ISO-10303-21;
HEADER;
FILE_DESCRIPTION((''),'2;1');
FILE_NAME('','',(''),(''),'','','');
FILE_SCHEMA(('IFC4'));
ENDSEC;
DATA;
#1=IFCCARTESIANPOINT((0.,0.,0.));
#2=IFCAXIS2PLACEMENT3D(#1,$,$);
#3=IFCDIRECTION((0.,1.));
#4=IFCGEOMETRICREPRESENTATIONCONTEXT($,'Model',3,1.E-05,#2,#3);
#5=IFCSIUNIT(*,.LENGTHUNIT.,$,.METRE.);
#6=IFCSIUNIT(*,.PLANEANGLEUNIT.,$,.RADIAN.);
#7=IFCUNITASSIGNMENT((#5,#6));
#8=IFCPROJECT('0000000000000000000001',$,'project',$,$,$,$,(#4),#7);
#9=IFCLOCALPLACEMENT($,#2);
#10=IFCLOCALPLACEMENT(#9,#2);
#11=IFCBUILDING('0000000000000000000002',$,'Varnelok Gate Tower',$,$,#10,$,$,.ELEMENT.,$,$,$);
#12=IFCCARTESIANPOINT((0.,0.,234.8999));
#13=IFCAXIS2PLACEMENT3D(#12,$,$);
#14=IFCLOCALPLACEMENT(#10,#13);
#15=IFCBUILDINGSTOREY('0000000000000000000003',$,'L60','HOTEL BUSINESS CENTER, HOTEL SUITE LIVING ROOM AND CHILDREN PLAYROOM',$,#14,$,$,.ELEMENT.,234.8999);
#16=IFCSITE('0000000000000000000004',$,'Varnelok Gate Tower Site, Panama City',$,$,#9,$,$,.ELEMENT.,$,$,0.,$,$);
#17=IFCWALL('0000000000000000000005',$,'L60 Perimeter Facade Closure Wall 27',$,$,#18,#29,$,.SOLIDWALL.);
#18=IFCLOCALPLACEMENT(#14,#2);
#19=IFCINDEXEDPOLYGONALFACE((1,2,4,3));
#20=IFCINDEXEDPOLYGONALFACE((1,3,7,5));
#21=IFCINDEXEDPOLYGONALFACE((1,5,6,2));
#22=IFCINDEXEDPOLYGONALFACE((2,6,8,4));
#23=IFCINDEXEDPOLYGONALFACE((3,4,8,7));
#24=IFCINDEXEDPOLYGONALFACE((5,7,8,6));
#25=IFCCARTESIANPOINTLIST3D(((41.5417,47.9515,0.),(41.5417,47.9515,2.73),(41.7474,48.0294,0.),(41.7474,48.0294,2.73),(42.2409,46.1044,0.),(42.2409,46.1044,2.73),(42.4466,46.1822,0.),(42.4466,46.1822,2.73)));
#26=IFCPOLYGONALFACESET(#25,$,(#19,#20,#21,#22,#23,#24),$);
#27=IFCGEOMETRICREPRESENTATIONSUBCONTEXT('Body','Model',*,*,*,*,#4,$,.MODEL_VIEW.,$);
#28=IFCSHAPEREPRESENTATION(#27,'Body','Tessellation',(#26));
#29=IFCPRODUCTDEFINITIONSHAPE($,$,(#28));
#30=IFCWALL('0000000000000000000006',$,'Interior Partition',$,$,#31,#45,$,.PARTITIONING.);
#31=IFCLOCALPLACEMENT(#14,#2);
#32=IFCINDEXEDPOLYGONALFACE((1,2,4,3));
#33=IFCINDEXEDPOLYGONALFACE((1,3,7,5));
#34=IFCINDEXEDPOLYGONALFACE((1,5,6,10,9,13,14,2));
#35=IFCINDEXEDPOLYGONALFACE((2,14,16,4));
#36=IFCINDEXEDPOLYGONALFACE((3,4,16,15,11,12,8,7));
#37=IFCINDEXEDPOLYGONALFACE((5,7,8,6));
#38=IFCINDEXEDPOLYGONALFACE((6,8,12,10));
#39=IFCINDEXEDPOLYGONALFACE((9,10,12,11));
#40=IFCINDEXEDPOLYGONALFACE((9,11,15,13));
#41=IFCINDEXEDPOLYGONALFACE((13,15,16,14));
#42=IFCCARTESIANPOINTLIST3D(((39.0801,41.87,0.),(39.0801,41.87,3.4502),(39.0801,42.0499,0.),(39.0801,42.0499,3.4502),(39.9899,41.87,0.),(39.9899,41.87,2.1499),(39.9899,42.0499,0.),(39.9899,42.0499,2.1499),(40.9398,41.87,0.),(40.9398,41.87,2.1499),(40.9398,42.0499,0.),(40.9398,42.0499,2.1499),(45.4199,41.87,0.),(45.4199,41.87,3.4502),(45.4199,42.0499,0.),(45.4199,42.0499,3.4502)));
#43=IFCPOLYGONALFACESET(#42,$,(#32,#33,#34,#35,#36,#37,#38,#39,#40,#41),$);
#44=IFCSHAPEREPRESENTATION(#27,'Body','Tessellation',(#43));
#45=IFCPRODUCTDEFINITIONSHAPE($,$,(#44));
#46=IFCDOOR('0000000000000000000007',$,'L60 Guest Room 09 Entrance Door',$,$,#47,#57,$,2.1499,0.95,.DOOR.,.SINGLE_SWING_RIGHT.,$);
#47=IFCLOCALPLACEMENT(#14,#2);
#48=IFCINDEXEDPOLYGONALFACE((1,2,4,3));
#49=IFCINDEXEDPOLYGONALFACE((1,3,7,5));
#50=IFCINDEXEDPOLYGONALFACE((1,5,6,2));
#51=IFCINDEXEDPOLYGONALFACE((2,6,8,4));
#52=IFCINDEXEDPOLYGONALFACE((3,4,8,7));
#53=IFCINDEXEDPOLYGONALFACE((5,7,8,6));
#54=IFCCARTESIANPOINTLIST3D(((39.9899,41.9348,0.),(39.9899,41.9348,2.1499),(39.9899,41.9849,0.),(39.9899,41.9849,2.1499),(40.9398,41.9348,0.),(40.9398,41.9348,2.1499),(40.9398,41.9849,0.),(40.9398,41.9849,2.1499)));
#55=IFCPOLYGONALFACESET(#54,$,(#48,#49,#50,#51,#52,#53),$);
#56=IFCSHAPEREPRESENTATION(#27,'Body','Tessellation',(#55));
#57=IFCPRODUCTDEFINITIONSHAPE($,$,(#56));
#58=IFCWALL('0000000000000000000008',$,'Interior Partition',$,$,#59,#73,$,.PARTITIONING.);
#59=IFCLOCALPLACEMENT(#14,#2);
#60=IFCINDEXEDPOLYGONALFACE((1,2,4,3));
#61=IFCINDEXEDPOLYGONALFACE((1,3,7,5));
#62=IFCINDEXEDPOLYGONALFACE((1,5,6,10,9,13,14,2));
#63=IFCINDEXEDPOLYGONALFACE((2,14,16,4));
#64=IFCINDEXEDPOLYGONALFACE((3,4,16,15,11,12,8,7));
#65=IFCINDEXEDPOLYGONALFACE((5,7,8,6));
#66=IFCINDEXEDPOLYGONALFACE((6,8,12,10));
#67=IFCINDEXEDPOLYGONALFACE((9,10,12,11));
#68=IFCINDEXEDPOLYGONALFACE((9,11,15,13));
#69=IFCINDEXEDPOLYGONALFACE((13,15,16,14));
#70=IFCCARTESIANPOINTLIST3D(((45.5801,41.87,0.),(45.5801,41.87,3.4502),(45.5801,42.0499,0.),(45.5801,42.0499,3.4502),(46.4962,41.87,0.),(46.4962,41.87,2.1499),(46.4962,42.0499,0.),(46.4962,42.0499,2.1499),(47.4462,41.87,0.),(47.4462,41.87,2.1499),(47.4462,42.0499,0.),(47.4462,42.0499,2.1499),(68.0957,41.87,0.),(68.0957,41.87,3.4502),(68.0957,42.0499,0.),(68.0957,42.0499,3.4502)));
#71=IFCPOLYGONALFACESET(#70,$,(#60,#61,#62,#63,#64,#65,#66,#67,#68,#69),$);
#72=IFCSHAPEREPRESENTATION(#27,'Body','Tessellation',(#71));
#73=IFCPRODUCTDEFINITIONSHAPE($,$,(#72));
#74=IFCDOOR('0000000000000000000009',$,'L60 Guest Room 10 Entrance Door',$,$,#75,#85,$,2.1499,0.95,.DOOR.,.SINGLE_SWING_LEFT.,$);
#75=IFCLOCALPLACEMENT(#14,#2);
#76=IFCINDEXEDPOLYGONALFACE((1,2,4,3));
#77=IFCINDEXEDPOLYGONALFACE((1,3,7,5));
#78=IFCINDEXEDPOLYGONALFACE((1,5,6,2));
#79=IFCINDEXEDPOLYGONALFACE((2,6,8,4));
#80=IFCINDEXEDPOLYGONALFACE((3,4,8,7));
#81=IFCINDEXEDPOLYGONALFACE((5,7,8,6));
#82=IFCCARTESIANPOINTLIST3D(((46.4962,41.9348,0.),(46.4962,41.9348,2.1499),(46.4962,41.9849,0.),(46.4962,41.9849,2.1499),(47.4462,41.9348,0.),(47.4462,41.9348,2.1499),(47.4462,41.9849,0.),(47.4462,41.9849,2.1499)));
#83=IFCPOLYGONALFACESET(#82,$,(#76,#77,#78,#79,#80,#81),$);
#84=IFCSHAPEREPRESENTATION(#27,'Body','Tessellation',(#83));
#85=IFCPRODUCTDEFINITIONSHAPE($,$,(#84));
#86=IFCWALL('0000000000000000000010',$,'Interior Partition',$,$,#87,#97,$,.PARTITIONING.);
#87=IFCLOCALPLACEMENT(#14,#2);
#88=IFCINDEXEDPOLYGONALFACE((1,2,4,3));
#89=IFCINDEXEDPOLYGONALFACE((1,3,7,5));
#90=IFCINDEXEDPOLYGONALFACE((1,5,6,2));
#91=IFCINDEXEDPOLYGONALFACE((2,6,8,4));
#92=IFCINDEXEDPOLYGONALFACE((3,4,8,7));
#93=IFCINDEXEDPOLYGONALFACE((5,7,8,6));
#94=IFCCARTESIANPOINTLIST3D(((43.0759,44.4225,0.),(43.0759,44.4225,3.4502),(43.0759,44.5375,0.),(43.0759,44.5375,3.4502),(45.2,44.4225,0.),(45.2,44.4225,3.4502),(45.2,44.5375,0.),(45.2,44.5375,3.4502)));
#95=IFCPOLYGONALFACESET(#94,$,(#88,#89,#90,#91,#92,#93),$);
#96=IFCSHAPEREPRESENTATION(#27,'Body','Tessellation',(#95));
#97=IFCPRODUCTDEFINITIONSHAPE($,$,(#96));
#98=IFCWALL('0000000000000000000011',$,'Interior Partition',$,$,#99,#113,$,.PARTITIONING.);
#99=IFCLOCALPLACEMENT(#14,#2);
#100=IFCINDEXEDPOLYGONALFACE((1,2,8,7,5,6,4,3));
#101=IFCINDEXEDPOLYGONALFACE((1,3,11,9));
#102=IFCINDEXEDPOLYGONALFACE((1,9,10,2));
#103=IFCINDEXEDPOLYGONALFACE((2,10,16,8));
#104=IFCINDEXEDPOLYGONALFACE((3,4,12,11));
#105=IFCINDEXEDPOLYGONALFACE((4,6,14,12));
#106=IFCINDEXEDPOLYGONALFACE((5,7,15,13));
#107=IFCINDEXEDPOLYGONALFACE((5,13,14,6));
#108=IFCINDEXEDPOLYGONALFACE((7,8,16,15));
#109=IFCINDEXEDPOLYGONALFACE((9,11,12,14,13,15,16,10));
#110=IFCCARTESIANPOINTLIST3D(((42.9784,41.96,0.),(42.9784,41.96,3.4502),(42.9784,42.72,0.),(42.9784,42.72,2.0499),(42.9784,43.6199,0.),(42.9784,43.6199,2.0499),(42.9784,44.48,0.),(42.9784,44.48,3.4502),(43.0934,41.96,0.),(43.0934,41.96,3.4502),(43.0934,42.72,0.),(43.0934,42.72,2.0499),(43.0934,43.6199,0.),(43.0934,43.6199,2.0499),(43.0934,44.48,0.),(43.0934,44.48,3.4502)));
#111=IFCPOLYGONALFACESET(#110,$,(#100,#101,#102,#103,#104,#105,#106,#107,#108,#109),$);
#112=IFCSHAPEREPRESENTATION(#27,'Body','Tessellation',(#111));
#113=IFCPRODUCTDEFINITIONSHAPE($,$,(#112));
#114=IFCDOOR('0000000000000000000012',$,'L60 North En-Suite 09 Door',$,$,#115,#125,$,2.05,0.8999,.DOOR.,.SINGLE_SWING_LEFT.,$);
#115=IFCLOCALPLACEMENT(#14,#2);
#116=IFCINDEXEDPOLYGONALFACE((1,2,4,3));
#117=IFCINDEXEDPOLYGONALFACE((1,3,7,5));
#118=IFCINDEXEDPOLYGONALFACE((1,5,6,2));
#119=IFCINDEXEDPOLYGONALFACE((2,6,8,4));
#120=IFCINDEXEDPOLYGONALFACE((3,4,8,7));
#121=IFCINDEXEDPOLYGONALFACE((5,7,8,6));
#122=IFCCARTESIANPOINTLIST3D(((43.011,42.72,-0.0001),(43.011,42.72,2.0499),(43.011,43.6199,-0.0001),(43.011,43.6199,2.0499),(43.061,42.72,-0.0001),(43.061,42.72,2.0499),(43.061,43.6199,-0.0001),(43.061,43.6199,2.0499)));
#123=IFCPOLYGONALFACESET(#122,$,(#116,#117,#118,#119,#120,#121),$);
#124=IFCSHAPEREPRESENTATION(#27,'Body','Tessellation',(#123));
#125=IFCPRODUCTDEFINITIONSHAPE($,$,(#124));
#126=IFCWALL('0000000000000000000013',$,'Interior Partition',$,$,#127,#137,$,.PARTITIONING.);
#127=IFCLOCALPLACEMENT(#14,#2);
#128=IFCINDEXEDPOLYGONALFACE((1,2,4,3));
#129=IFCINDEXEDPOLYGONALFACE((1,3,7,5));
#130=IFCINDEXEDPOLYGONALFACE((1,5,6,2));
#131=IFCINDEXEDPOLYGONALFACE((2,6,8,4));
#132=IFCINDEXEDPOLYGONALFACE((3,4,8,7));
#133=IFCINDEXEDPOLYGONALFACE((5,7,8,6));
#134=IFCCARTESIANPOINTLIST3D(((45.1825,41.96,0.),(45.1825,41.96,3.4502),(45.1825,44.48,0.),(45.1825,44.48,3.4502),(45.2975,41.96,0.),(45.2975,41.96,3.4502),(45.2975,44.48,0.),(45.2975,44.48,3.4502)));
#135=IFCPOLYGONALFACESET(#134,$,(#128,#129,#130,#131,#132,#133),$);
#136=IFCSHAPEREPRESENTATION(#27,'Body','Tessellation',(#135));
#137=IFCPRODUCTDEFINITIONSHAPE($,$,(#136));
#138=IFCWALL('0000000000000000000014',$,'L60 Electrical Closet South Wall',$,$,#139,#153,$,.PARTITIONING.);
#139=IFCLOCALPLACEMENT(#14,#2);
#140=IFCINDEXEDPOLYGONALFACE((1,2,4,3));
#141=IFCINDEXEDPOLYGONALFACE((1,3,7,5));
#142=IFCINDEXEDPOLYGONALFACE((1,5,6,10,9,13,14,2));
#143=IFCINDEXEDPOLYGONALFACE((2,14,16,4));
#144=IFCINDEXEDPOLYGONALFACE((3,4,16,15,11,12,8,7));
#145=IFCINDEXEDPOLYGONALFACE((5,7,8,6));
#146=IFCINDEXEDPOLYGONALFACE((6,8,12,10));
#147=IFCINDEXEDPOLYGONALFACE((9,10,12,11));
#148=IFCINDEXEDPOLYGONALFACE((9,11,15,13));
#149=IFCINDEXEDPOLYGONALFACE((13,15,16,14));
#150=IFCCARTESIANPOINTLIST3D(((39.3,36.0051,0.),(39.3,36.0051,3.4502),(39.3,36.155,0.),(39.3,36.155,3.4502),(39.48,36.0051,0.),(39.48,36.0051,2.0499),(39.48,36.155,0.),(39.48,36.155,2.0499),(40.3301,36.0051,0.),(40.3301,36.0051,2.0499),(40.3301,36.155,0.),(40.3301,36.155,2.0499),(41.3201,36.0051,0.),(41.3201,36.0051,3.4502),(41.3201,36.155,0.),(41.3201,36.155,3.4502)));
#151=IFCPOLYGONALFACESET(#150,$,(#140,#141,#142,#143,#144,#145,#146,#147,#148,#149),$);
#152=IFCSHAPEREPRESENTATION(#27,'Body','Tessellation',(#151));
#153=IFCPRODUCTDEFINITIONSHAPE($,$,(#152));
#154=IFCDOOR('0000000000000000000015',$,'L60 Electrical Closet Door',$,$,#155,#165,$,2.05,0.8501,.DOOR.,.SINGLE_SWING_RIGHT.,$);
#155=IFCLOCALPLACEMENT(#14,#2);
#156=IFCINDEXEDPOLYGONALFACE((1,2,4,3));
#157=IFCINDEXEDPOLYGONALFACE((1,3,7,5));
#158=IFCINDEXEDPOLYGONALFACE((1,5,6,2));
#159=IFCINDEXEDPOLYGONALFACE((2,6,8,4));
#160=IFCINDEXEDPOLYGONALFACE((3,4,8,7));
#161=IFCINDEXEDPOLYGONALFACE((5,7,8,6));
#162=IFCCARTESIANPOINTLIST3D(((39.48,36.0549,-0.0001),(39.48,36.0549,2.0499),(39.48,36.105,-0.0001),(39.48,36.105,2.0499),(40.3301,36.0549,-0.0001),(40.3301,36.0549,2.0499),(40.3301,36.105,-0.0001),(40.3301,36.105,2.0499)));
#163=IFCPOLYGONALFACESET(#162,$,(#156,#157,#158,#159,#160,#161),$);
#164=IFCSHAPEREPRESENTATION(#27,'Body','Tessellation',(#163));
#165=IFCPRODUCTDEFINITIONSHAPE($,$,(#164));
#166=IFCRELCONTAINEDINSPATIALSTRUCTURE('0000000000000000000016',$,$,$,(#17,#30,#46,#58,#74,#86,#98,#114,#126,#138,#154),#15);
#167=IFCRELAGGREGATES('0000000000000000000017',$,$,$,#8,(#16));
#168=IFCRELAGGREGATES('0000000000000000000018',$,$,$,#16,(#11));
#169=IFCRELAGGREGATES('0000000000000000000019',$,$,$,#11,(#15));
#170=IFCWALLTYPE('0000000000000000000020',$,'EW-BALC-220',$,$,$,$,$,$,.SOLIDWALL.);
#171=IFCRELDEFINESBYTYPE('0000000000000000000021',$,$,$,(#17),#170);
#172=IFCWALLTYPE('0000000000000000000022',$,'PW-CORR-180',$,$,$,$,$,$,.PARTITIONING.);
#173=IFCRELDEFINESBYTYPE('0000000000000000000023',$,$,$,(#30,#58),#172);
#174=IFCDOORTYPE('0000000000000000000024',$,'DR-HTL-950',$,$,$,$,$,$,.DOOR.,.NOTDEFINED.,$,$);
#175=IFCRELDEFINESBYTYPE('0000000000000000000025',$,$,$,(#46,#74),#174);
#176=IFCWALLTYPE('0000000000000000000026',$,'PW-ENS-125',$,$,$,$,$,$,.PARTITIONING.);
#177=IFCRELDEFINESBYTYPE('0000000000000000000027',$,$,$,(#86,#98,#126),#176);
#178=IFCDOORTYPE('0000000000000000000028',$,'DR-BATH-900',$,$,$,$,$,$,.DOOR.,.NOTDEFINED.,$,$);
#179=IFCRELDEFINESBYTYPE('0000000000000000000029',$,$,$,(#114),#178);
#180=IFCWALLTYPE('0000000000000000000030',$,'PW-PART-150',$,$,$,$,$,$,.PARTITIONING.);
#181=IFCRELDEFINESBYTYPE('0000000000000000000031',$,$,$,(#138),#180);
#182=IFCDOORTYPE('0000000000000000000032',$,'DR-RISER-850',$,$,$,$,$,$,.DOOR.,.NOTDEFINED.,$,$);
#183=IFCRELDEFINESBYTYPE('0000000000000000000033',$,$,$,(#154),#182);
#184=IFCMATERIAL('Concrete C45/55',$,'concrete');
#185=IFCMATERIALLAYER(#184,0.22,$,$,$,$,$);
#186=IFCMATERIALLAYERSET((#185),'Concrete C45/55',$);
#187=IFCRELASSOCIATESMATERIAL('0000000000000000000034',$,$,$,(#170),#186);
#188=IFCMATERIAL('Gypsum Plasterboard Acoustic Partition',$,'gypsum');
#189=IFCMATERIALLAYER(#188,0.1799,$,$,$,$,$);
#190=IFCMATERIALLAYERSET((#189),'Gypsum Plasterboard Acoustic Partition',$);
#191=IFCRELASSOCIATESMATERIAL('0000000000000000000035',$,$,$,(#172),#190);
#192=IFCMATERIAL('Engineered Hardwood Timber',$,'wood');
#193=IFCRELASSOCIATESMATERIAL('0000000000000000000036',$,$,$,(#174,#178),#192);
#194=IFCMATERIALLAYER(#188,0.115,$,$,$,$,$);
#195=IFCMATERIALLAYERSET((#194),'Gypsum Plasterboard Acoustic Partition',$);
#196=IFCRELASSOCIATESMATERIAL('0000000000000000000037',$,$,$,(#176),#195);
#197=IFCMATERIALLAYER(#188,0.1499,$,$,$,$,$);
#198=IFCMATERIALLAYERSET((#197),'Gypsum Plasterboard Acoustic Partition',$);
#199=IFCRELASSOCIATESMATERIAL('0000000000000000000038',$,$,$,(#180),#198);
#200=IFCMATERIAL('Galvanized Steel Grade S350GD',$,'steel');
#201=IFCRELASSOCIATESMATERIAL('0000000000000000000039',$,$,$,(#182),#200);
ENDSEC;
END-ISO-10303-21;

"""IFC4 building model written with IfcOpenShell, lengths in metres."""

from ifc_helpers import new_model, si_unit, direction, frame, frame_2d, origin, place, context, subcontext, project, spatial, rectangle, extrude, material, layer, layer_set, type_object, element, fill, save


model = new_model("IFC4")

# Units and contexts
model_context = context("Model", 3, precision=1e-05, world=origin(), true_north=direction((0.0, 1.0)))
body_context = subcontext(model_context, "Body", "Model", "MODEL_VIEW")
ifc_project = project(units=[si_unit("LENGTHUNIT", "METRE"), si_unit("PLANEANGLEUNIT", "RADIAN")], contexts=[model_context])

# Site, building, storey
site_placement = place(None, origin())
site = spatial("IfcSite", under=ifc_project, at=site_placement, Name="Varnelok Gate Tower Site, Panama City", CompositionType="ELEMENT", RefElevation=0.0)
building_placement = place(site_placement, origin())
building = spatial("IfcBuilding", under=site, at=building_placement, Name="Varnelok Gate Tower", CompositionType="ELEMENT")
storey_placement = place(building_placement, frame((0.0, 0.0, 234.8999)))
storey = spatial("IfcBuildingStorey", under=building, at=storey_placement, Name="L60", Description="HOTEL BUSINESS CENTER, HOTEL SUITE LIVING ROOM AND CHILDREN PLAYROOM", CompositionType="ELEMENT", Elevation=234.8999)

# Wall
ifc_material_1 = material(Name="Concrete C45/55", Category="concrete")
ifc_layer_1 = layer(ifc_material_1, 0.22)
ifc_layer_set_1 = layer_set([ifc_layer_1], Name="Concrete C45/55")
wall_type_1 = type_object("IfcWallType", Name="EW-BALC-220", PredefinedType="SOLIDWALL", material=ifc_layer_set_1)
wall_1_placement = place(storey_placement, frame((41.6445, 47.9905, 0.0), z_axis=(0.0, 0.0, 1.0), x_axis=(0.354021, -0.935238, 0.0)))
element("IfcWall", 1, at=wall_1_placement, inside=storey, type_object=wall_type_1, Name="L60 Perimeter Facade Closure Wall 27", PredefinedType="SOLIDWALL", context=body_context, shape_type="SweptSolid", body=[
    extrude(rectangle(XDim=1.9751, YDim=0.22, at=frame_2d((0.9875, 0.0))), origin(), (0.0, 0.0, 1.0), 2.73),
])

# Walls, openings, doors
ifc_material_2 = material(Name="Gypsum Plasterboard Acoustic Partition", Category="gypsum")
ifc_layer_2 = layer(ifc_material_2, 0.1799)
ifc_layer_set_2 = layer_set([ifc_layer_2], Name="Gypsum Plasterboard Acoustic Partition")
wall_type_2 = type_object("IfcWallType", Name="PW-CORR-180", PredefinedType="PARTITIONING", material=ifc_layer_set_2)
wall_2_placement = place(storey_placement, frame((39.0801, 41.96, 0.0), z_axis=(0.0, 0.0, 1.0), x_axis=(1.0, 0.0, 0.0)))
wall_2 = element("IfcWall", 2, at=wall_2_placement, inside=storey, type_object=wall_type_2, Name="Interior Partition", PredefinedType="PARTITIONING", context=body_context, shape_type="SweptSolid", body=[
    extrude(rectangle(XDim=6.3398, YDim=0.1799, at=frame_2d((3.1699, 0.0))), origin(), (0.0, 0.0, 1.0), 3.4502),
])
opening_1_placement = place(wall_2_placement, frame((0.9097, 0.0, 0.0)))
opening_1 = element("IfcOpeningElement", 3, at=opening_1_placement, cuts=wall_2, PredefinedType="OPENING", context=body_context, shape_type="SweptSolid", body=[
    extrude(rectangle(XDim=0.95, YDim=2.1499, at=frame_2d((0.4751, 1.075))), frame((0.0, 0.0999, 0.0), z_axis=(0.0, -1.0, 0.0), x_axis=(1.0, 0.0, 0.0)), (0.0, 0.0, 1.0), 0.2),
])
ifc_material_3 = material(Name="Engineered Hardwood Timber", Category="wood")
door_type_1 = type_object("IfcDoorType", Name="DR-HTL-950", OperationType="NOTDEFINED", PredefinedType="DOOR", material=ifc_material_3)
door_1_placement = place(opening_1_placement, origin())
door_1 = element("IfcDoor", 4, at=door_1_placement, inside=storey, type_object=door_type_1, Name="L60 Guest Room 09 Entrance Door", OperationType="SINGLE_SWING_RIGHT", OverallHeight=2.1499, OverallWidth=0.95, PredefinedType="DOOR", context=body_context, shape_type="SweptSolid", body=[
    extrude(rectangle(XDim=0.95, YDim=2.1499, at=frame_2d((0.4751, 1.075))), frame((0.0, 0.0249, 0.0), z_axis=(0.0, -1.0, 0.0), x_axis=(1.0, 0.0, 0.0)), (0.0, 0.0, 1.0), 0.05),
])
fill(opening_1, door_1)
wall_3_placement = place(storey_placement, frame((45.5801, 41.96, 0.0), z_axis=(0.0, 0.0, 1.0), x_axis=(1.0, 0.0, 0.0)))
wall_3 = element("IfcWall", 5, at=wall_3_placement, inside=storey, type_object=wall_type_2, Name="Interior Partition", PredefinedType="PARTITIONING", context=body_context, shape_type="SweptSolid", body=[
    extrude(rectangle(XDim=22.5156, YDim=0.1799, at=frame_2d((11.2578, 0.0))), origin(), (0.0, 0.0, 1.0), 3.4502),
])
opening_2_placement = place(wall_3_placement, frame((0.916, 0.0, 0.0)))
opening_2 = element("IfcOpeningElement", 6, at=opening_2_placement, cuts=wall_3, PredefinedType="OPENING", context=body_context, shape_type="SweptSolid", body=[
    extrude(rectangle(XDim=0.95, YDim=2.1499, at=frame_2d((0.4751, 1.075))), frame((0.0, 0.0999, 0.0), z_axis=(0.0, -1.0, 0.0), x_axis=(1.0, 0.0, 0.0)), (0.0, 0.0, 1.0), 0.2),
])
door_2_placement = place(opening_2_placement, origin())
door_2 = element("IfcDoor", 7, at=door_2_placement, inside=storey, type_object=door_type_1, Name="L60 Guest Room 10 Entrance Door", OperationType="SINGLE_SWING_LEFT", OverallHeight=2.1499, OverallWidth=0.95, PredefinedType="DOOR", context=body_context, shape_type="SweptSolid", body=[
    extrude(rectangle(XDim=0.95, YDim=2.1499, at=frame_2d((0.4751, 1.075))), frame((0.0, 0.0249, 0.0), z_axis=(0.0, -1.0, 0.0), x_axis=(1.0, 0.0, 0.0)), (0.0, 0.0, 1.0), 0.05),
])
fill(opening_2, door_2)

# Wall
ifc_layer_3 = layer(ifc_material_2, 0.115)
ifc_layer_set_3 = layer_set([ifc_layer_3], Name="Gypsum Plasterboard Acoustic Partition")
wall_type_3 = type_object("IfcWallType", Name="PW-ENS-125", PredefinedType="PARTITIONING", material=ifc_layer_set_3)
wall_4_placement = place(storey_placement, frame((43.0759, 44.48, 0.0), z_axis=(0.0, 0.0, 1.0), x_axis=(1.0, 0.0, 0.0)))
element("IfcWall", 8, at=wall_4_placement, inside=storey, type_object=wall_type_3, Name="Interior Partition", PredefinedType="PARTITIONING", context=body_context, shape_type="SweptSolid", body=[
    extrude(rectangle(XDim=2.124, YDim=0.115, at=frame_2d((1.062, 0.0))), origin(), (0.0, 0.0, 1.0), 3.4502),
])

# Wall, opening, door
wall_5_placement = place(storey_placement, frame((43.0359, 41.96, 0.0), z_axis=(0.0, 0.0, 1.0), x_axis=(0.0, 1.0, 0.0)))
wall_5 = element("IfcWall", 9, at=wall_5_placement, inside=storey, type_object=wall_type_3, Name="Interior Partition", PredefinedType="PARTITIONING", context=body_context, shape_type="SweptSolid", body=[
    extrude(rectangle(XDim=2.52, YDim=0.115, at=frame_2d((1.26, 0.0))), origin(), (0.0, 0.0, 1.0), 3.4502),
])
opening_3_placement = place(wall_5_placement, frame((0.76, 0.0, 0.0)))
opening_3 = element("IfcOpeningElement", 10, at=opening_3_placement, cuts=wall_5, PredefinedType="OPENING", context=body_context, shape_type="SweptSolid", body=[
    extrude(rectangle(XDim=0.8999, YDim=2.05, at=frame_2d((0.45, 1.0249))), frame((0.0, 0.0674, 0.0), z_axis=(0.0, -1.0, 0.0), x_axis=(1.0, 0.0, 0.0)), (0.0, 0.0, 1.0), 0.135),
])
door_type_2 = type_object("IfcDoorType", Name="DR-BATH-900", OperationType="NOTDEFINED", PredefinedType="DOOR", material=ifc_material_3)
door_3_placement = place(opening_3_placement, origin())
door_3 = element("IfcDoor", 11, at=door_3_placement, inside=storey, type_object=door_type_2, Name="L60 North En-Suite 09 Door", OperationType="SINGLE_SWING_LEFT", OverallHeight=2.05, OverallWidth=0.8999, PredefinedType="DOOR", context=body_context, shape_type="SweptSolid", body=[
    extrude(rectangle(XDim=0.8999, YDim=2.05, at=frame_2d((0.45, 1.0249))), frame((0.0, 0.0249, 0.0), z_axis=(0.0, -1.0, 0.0), x_axis=(1.0, 0.0, 0.0)), (0.0, 0.0, 1.0), 0.05),
])
fill(opening_3, door_3)

# Wall
wall_6_placement = place(storey_placement, frame((45.24, 41.96, 0.0), z_axis=(0.0, 0.0, 1.0), x_axis=(0.0, 1.0, 0.0)))
element("IfcWall", 12, at=wall_6_placement, inside=storey, type_object=wall_type_3, Name="Interior Partition", PredefinedType="PARTITIONING", context=body_context, shape_type="SweptSolid", body=[
    extrude(rectangle(XDim=2.52, YDim=0.115, at=frame_2d((1.26, 0.0))), origin(), (0.0, 0.0, 1.0), 3.4502),
])

# Wall, opening, door
ifc_layer_4 = layer(ifc_material_2, 0.1499)
ifc_layer_set_4 = layer_set([ifc_layer_4], Name="Gypsum Plasterboard Acoustic Partition")
wall_type_4 = type_object("IfcWallType", Name="PW-PART-150", PredefinedType="PARTITIONING", material=ifc_layer_set_4)
wall_7_placement = place(storey_placement, frame((39.3, 36.0801, 0.0), z_axis=(0.0, 0.0, 1.0), x_axis=(1.0, 0.0, 0.0)))
wall_7 = element("IfcWall", 13, at=wall_7_placement, inside=storey, type_object=wall_type_4, Name="L60 Electrical Closet South Wall", PredefinedType="PARTITIONING", context=body_context, shape_type="SweptSolid", body=[
    extrude(rectangle(XDim=2.02, YDim=0.1499, at=frame_2d((1.01, 0.0))), origin(), (0.0, 0.0, 1.0), 3.4502),
])
opening_4_placement = place(wall_7_placement, frame((0.1799, 0.0, 0.0)))
opening_4 = element("IfcOpeningElement", 14, at=opening_4_placement, cuts=wall_7, PredefinedType="OPENING", context=body_context, shape_type="SweptSolid", body=[
    extrude(rectangle(XDim=0.8501, YDim=2.05, at=frame_2d((0.425, 1.0249))), frame((0.0, 0.085, 0.0), z_axis=(0.0, -1.0, 0.0), x_axis=(1.0, 0.0, 0.0)), (0.0, 0.0, 1.0), 0.1699),
])
ifc_material_4 = material(Name="Galvanized Steel Grade S350GD", Category="steel")
door_type_3 = type_object("IfcDoorType", Name="DR-RISER-850", OperationType="NOTDEFINED", PredefinedType="DOOR", material=ifc_material_4)
door_4_placement = place(opening_4_placement, origin())
door_4 = element("IfcDoor", 15, at=door_4_placement, inside=storey, type_object=door_type_3, Name="L60 Electrical Closet Door", OperationType="SINGLE_SWING_RIGHT", OverallHeight=2.05, OverallWidth=0.8501, PredefinedType="DOOR", context=body_context, shape_type="SweptSolid", body=[
    extrude(rectangle(XDim=0.8501, YDim=2.05, at=frame_2d((0.425, 1.0249))), frame((0.0, 0.0249, 0.0), z_axis=(0.0, -1.0, 0.0), x_axis=(1.0, 0.0, 0.0)), (0.0, 0.0, 1.0), 0.05),
])
fill(opening_4, door_4)

save(model, "model.ifc")
